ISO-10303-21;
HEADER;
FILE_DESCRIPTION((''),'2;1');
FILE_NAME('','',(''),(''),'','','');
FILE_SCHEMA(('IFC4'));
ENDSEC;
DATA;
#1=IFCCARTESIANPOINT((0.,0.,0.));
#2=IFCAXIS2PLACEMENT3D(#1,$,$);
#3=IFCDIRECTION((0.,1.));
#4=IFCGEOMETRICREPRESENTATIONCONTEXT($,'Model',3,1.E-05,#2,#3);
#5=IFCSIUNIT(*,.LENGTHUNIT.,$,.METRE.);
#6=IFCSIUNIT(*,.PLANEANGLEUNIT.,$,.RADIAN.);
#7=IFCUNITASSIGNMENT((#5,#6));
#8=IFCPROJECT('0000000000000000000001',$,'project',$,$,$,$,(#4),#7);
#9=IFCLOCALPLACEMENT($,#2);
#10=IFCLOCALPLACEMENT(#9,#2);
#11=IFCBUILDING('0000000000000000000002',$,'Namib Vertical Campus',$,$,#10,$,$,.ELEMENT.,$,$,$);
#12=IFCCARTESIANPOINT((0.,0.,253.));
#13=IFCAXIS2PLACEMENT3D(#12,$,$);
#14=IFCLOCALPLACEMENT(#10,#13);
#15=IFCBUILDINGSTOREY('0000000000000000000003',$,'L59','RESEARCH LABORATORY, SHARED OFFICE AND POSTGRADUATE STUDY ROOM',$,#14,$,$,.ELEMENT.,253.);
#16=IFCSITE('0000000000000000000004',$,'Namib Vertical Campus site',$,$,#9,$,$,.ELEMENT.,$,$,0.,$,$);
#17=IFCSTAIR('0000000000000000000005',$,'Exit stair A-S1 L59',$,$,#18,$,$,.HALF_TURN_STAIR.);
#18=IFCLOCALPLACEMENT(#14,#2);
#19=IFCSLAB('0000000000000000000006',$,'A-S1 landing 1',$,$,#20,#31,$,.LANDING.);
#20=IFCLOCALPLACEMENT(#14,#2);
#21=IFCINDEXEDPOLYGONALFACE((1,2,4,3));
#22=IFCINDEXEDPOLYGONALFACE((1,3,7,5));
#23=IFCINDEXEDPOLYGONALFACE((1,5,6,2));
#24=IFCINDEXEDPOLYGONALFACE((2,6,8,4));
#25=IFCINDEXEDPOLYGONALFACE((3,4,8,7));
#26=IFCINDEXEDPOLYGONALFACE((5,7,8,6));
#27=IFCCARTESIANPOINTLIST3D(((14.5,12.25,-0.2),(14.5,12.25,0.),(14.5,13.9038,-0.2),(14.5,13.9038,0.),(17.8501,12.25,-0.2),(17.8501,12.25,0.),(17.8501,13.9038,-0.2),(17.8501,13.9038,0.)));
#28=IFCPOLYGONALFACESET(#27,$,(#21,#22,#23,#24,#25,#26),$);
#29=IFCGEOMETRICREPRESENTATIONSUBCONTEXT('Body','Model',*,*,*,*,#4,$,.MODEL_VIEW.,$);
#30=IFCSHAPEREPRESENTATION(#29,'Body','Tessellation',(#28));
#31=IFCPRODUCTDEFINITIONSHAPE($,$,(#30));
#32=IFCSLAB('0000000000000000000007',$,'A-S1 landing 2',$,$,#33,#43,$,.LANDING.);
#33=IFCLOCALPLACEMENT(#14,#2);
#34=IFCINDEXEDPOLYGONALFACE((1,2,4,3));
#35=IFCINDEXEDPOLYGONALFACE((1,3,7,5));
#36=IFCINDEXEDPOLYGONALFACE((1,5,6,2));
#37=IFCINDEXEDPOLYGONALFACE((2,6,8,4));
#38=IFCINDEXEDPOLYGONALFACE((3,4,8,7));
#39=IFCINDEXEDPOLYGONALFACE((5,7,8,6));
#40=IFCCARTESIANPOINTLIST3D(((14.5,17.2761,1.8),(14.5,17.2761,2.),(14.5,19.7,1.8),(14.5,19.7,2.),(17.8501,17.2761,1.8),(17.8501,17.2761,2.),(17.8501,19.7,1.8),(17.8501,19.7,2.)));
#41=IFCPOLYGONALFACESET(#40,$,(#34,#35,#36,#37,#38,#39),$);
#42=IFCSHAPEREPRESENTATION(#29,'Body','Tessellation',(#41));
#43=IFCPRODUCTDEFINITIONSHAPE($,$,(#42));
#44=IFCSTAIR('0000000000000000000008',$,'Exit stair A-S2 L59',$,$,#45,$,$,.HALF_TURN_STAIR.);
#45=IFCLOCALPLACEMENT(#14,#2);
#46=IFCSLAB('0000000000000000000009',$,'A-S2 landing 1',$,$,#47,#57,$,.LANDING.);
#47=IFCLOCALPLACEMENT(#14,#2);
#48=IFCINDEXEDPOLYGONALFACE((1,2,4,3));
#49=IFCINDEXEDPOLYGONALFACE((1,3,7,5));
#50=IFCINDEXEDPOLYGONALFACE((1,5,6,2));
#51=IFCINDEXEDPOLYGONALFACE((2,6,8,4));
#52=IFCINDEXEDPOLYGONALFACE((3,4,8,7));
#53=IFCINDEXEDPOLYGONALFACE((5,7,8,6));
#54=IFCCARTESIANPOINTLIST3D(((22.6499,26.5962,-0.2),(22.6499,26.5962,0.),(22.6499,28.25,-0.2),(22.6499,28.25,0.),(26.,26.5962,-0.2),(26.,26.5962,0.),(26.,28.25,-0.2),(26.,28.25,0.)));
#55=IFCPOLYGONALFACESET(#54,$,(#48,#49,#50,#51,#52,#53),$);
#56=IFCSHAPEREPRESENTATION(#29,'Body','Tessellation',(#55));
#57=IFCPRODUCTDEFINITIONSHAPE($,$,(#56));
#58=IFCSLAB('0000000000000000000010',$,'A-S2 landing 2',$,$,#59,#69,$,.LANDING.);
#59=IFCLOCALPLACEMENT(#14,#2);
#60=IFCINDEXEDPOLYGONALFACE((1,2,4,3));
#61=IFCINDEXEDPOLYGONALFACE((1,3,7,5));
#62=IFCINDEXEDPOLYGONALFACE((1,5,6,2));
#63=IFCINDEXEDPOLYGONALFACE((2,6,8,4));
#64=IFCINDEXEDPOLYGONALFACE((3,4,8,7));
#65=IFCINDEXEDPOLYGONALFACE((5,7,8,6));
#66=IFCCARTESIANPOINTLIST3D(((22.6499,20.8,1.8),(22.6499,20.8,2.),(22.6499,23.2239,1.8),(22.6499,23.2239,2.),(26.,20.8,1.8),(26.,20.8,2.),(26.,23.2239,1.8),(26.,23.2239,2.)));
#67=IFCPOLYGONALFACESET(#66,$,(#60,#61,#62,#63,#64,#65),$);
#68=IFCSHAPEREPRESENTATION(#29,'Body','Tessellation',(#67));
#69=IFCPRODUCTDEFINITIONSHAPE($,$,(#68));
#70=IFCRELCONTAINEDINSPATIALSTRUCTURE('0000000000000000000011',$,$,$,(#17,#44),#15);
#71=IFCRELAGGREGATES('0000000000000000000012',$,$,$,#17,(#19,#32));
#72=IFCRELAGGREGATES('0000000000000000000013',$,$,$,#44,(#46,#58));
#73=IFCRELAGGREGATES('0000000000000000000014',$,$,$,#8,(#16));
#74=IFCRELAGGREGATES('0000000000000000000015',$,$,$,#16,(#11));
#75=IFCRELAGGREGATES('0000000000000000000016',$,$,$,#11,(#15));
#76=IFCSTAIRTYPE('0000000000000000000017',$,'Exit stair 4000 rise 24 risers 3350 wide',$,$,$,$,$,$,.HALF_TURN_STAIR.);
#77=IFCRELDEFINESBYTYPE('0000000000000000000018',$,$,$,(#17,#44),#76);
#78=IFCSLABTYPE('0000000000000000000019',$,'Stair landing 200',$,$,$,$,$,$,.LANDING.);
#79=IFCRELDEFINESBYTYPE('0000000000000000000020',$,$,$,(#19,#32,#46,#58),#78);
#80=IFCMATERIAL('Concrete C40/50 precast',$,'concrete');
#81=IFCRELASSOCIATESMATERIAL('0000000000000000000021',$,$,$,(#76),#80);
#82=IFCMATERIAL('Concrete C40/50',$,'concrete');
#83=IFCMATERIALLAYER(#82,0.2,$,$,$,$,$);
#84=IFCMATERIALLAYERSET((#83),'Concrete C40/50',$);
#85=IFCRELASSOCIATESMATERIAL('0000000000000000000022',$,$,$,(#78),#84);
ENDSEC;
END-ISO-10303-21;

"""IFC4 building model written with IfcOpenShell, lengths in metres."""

from ifc_helpers import new_model, si_unit, direction, frame, origin, place, context, subcontext, project, spatial, polyline, outline, extrude, material, layer, layer_set, type_object, element, aggregate, save


model = new_model("IFC4")

# Units and contexts
model_context = context("Model", 3, precision=1e-05, world=origin(), true_north=direction((0.0, 1.0)))
body_context = subcontext(model_context, "Body", "Model", "MODEL_VIEW")
ifc_project = project(units=[si_unit("LENGTHUNIT", "METRE"), si_unit("PLANEANGLEUNIT", "RADIAN")], contexts=[model_context])

# Site, building, storey
site_placement = place(None, origin())
site = spatial("IfcSite", under=ifc_project, at=site_placement, Name="Namib Vertical Campus site", CompositionType="ELEMENT", RefElevation=0.0)
building_placement = place(site_placement, origin())
building = spatial("IfcBuilding", under=site, at=building_placement, Name="Namib Vertical Campus", CompositionType="ELEMENT")
storey_placement = place(building_placement, frame((0.0, 0.0, 253.0)))
storey = spatial("IfcBuildingStorey", under=building, at=storey_placement, Name="L59", Description="RESEARCH LABORATORY, SHARED OFFICE AND POSTGRADUATE STUDY ROOM", CompositionType="ELEMENT", Elevation=253.0)

# Stairs, slabs
ifc_material_1 = material(Name="Concrete C40/50 precast", Category="concrete")
stair_type = type_object("IfcStairType", Name="Exit stair 4000 rise 24 risers 3350 wide", PredefinedType="HALF_TURN_STAIR", material=ifc_material_1)
stair_1_placement = place(storey_placement, origin())
stair_1 = element("IfcStair", 1, at=stair_1_placement, inside=storey, type_object=stair_type, Name="Exit stair A-S1 L59", PredefinedType="HALF_TURN_STAIR")
ifc_material_2 = material(Name="Concrete C40/50", Category="concrete")
ifc_layer_1 = layer(ifc_material_2, 0.2)
ifc_layer_set_1 = layer_set([ifc_layer_1], Name="Concrete C40/50")
slab_type_1 = type_object("IfcSlabType", Name="Stair landing 200", PredefinedType="LANDING", material=ifc_layer_set_1)
slab_1_placement = place(storey_placement, frame((0.0, 0.0, -0.2)))
slab_1 = element("IfcSlab", 2, at=slab_1_placement, type_object=slab_type_1, Name="A-S1 landing 1", PredefinedType="LANDING", context=body_context, shape_type="SweptSolid", body=[
    extrude(outline(polyline([(14.5, 12.25), (17.8501, 12.25), (17.8501, 13.9038), (14.5, 13.9038), (14.5, 12.25)])), origin(), (0.0, 0.0, 1.0), 0.2),
])
slab_2_placement = place(storey_placement, frame((0.0, 0.0, 1.8)))
slab_2 = element("IfcSlab", 3, at=slab_2_placement, type_object=slab_type_1, Name="A-S1 landing 2", PredefinedType="LANDING", context=body_context, shape_type="SweptSolid", body=[
    extrude(outline(polyline([(14.5, 17.2761), (17.8501, 17.2761), (17.8501, 19.7), (14.5, 19.7), (14.5, 17.2761)])), origin(), (0.0, 0.0, 1.0), 0.2),
])
aggregate(stair_1, [slab_1, slab_2])
stair_2_placement = place(storey_placement, origin())
stair_2 = element("IfcStair", 4, at=stair_2_placement, inside=storey, type_object=stair_type, Name="Exit stair A-S2 L59", PredefinedType="HALF_TURN_STAIR")
slab_3_placement = place(storey_placement, frame((0.0, 0.0, -0.2)))
slab_3 = element("IfcSlab", 5, at=slab_3_placement, type_object=slab_type_1, Name="A-S2 landing 1", PredefinedType="LANDING", context=body_context, shape_type="SweptSolid", body=[
    extrude(outline(polyline([(22.6499, 26.5962), (26.0, 26.5962), (26.0, 28.25), (22.6499, 28.25), (22.6499, 26.5962)])), origin(), (0.0, 0.0, 1.0), 0.2),
])
slab_4_placement = place(storey_placement, frame((0.0, 0.0, 1.8)))
slab_4 = element("IfcSlab", 6, at=slab_4_placement, type_object=slab_type_1, Name="A-S2 landing 2", PredefinedType="LANDING", context=body_context, shape_type="SweptSolid", body=[
    extrude(outline(polyline([(22.6499, 20.8), (26.0, 20.8), (26.0, 23.2239), (22.6499, 23.2239), (22.6499, 20.8)])), origin(), (0.0, 0.0, 1.0), 0.2),
])
aggregate(stair_2, [slab_3, slab_4])

save(model, "model.ifc")
